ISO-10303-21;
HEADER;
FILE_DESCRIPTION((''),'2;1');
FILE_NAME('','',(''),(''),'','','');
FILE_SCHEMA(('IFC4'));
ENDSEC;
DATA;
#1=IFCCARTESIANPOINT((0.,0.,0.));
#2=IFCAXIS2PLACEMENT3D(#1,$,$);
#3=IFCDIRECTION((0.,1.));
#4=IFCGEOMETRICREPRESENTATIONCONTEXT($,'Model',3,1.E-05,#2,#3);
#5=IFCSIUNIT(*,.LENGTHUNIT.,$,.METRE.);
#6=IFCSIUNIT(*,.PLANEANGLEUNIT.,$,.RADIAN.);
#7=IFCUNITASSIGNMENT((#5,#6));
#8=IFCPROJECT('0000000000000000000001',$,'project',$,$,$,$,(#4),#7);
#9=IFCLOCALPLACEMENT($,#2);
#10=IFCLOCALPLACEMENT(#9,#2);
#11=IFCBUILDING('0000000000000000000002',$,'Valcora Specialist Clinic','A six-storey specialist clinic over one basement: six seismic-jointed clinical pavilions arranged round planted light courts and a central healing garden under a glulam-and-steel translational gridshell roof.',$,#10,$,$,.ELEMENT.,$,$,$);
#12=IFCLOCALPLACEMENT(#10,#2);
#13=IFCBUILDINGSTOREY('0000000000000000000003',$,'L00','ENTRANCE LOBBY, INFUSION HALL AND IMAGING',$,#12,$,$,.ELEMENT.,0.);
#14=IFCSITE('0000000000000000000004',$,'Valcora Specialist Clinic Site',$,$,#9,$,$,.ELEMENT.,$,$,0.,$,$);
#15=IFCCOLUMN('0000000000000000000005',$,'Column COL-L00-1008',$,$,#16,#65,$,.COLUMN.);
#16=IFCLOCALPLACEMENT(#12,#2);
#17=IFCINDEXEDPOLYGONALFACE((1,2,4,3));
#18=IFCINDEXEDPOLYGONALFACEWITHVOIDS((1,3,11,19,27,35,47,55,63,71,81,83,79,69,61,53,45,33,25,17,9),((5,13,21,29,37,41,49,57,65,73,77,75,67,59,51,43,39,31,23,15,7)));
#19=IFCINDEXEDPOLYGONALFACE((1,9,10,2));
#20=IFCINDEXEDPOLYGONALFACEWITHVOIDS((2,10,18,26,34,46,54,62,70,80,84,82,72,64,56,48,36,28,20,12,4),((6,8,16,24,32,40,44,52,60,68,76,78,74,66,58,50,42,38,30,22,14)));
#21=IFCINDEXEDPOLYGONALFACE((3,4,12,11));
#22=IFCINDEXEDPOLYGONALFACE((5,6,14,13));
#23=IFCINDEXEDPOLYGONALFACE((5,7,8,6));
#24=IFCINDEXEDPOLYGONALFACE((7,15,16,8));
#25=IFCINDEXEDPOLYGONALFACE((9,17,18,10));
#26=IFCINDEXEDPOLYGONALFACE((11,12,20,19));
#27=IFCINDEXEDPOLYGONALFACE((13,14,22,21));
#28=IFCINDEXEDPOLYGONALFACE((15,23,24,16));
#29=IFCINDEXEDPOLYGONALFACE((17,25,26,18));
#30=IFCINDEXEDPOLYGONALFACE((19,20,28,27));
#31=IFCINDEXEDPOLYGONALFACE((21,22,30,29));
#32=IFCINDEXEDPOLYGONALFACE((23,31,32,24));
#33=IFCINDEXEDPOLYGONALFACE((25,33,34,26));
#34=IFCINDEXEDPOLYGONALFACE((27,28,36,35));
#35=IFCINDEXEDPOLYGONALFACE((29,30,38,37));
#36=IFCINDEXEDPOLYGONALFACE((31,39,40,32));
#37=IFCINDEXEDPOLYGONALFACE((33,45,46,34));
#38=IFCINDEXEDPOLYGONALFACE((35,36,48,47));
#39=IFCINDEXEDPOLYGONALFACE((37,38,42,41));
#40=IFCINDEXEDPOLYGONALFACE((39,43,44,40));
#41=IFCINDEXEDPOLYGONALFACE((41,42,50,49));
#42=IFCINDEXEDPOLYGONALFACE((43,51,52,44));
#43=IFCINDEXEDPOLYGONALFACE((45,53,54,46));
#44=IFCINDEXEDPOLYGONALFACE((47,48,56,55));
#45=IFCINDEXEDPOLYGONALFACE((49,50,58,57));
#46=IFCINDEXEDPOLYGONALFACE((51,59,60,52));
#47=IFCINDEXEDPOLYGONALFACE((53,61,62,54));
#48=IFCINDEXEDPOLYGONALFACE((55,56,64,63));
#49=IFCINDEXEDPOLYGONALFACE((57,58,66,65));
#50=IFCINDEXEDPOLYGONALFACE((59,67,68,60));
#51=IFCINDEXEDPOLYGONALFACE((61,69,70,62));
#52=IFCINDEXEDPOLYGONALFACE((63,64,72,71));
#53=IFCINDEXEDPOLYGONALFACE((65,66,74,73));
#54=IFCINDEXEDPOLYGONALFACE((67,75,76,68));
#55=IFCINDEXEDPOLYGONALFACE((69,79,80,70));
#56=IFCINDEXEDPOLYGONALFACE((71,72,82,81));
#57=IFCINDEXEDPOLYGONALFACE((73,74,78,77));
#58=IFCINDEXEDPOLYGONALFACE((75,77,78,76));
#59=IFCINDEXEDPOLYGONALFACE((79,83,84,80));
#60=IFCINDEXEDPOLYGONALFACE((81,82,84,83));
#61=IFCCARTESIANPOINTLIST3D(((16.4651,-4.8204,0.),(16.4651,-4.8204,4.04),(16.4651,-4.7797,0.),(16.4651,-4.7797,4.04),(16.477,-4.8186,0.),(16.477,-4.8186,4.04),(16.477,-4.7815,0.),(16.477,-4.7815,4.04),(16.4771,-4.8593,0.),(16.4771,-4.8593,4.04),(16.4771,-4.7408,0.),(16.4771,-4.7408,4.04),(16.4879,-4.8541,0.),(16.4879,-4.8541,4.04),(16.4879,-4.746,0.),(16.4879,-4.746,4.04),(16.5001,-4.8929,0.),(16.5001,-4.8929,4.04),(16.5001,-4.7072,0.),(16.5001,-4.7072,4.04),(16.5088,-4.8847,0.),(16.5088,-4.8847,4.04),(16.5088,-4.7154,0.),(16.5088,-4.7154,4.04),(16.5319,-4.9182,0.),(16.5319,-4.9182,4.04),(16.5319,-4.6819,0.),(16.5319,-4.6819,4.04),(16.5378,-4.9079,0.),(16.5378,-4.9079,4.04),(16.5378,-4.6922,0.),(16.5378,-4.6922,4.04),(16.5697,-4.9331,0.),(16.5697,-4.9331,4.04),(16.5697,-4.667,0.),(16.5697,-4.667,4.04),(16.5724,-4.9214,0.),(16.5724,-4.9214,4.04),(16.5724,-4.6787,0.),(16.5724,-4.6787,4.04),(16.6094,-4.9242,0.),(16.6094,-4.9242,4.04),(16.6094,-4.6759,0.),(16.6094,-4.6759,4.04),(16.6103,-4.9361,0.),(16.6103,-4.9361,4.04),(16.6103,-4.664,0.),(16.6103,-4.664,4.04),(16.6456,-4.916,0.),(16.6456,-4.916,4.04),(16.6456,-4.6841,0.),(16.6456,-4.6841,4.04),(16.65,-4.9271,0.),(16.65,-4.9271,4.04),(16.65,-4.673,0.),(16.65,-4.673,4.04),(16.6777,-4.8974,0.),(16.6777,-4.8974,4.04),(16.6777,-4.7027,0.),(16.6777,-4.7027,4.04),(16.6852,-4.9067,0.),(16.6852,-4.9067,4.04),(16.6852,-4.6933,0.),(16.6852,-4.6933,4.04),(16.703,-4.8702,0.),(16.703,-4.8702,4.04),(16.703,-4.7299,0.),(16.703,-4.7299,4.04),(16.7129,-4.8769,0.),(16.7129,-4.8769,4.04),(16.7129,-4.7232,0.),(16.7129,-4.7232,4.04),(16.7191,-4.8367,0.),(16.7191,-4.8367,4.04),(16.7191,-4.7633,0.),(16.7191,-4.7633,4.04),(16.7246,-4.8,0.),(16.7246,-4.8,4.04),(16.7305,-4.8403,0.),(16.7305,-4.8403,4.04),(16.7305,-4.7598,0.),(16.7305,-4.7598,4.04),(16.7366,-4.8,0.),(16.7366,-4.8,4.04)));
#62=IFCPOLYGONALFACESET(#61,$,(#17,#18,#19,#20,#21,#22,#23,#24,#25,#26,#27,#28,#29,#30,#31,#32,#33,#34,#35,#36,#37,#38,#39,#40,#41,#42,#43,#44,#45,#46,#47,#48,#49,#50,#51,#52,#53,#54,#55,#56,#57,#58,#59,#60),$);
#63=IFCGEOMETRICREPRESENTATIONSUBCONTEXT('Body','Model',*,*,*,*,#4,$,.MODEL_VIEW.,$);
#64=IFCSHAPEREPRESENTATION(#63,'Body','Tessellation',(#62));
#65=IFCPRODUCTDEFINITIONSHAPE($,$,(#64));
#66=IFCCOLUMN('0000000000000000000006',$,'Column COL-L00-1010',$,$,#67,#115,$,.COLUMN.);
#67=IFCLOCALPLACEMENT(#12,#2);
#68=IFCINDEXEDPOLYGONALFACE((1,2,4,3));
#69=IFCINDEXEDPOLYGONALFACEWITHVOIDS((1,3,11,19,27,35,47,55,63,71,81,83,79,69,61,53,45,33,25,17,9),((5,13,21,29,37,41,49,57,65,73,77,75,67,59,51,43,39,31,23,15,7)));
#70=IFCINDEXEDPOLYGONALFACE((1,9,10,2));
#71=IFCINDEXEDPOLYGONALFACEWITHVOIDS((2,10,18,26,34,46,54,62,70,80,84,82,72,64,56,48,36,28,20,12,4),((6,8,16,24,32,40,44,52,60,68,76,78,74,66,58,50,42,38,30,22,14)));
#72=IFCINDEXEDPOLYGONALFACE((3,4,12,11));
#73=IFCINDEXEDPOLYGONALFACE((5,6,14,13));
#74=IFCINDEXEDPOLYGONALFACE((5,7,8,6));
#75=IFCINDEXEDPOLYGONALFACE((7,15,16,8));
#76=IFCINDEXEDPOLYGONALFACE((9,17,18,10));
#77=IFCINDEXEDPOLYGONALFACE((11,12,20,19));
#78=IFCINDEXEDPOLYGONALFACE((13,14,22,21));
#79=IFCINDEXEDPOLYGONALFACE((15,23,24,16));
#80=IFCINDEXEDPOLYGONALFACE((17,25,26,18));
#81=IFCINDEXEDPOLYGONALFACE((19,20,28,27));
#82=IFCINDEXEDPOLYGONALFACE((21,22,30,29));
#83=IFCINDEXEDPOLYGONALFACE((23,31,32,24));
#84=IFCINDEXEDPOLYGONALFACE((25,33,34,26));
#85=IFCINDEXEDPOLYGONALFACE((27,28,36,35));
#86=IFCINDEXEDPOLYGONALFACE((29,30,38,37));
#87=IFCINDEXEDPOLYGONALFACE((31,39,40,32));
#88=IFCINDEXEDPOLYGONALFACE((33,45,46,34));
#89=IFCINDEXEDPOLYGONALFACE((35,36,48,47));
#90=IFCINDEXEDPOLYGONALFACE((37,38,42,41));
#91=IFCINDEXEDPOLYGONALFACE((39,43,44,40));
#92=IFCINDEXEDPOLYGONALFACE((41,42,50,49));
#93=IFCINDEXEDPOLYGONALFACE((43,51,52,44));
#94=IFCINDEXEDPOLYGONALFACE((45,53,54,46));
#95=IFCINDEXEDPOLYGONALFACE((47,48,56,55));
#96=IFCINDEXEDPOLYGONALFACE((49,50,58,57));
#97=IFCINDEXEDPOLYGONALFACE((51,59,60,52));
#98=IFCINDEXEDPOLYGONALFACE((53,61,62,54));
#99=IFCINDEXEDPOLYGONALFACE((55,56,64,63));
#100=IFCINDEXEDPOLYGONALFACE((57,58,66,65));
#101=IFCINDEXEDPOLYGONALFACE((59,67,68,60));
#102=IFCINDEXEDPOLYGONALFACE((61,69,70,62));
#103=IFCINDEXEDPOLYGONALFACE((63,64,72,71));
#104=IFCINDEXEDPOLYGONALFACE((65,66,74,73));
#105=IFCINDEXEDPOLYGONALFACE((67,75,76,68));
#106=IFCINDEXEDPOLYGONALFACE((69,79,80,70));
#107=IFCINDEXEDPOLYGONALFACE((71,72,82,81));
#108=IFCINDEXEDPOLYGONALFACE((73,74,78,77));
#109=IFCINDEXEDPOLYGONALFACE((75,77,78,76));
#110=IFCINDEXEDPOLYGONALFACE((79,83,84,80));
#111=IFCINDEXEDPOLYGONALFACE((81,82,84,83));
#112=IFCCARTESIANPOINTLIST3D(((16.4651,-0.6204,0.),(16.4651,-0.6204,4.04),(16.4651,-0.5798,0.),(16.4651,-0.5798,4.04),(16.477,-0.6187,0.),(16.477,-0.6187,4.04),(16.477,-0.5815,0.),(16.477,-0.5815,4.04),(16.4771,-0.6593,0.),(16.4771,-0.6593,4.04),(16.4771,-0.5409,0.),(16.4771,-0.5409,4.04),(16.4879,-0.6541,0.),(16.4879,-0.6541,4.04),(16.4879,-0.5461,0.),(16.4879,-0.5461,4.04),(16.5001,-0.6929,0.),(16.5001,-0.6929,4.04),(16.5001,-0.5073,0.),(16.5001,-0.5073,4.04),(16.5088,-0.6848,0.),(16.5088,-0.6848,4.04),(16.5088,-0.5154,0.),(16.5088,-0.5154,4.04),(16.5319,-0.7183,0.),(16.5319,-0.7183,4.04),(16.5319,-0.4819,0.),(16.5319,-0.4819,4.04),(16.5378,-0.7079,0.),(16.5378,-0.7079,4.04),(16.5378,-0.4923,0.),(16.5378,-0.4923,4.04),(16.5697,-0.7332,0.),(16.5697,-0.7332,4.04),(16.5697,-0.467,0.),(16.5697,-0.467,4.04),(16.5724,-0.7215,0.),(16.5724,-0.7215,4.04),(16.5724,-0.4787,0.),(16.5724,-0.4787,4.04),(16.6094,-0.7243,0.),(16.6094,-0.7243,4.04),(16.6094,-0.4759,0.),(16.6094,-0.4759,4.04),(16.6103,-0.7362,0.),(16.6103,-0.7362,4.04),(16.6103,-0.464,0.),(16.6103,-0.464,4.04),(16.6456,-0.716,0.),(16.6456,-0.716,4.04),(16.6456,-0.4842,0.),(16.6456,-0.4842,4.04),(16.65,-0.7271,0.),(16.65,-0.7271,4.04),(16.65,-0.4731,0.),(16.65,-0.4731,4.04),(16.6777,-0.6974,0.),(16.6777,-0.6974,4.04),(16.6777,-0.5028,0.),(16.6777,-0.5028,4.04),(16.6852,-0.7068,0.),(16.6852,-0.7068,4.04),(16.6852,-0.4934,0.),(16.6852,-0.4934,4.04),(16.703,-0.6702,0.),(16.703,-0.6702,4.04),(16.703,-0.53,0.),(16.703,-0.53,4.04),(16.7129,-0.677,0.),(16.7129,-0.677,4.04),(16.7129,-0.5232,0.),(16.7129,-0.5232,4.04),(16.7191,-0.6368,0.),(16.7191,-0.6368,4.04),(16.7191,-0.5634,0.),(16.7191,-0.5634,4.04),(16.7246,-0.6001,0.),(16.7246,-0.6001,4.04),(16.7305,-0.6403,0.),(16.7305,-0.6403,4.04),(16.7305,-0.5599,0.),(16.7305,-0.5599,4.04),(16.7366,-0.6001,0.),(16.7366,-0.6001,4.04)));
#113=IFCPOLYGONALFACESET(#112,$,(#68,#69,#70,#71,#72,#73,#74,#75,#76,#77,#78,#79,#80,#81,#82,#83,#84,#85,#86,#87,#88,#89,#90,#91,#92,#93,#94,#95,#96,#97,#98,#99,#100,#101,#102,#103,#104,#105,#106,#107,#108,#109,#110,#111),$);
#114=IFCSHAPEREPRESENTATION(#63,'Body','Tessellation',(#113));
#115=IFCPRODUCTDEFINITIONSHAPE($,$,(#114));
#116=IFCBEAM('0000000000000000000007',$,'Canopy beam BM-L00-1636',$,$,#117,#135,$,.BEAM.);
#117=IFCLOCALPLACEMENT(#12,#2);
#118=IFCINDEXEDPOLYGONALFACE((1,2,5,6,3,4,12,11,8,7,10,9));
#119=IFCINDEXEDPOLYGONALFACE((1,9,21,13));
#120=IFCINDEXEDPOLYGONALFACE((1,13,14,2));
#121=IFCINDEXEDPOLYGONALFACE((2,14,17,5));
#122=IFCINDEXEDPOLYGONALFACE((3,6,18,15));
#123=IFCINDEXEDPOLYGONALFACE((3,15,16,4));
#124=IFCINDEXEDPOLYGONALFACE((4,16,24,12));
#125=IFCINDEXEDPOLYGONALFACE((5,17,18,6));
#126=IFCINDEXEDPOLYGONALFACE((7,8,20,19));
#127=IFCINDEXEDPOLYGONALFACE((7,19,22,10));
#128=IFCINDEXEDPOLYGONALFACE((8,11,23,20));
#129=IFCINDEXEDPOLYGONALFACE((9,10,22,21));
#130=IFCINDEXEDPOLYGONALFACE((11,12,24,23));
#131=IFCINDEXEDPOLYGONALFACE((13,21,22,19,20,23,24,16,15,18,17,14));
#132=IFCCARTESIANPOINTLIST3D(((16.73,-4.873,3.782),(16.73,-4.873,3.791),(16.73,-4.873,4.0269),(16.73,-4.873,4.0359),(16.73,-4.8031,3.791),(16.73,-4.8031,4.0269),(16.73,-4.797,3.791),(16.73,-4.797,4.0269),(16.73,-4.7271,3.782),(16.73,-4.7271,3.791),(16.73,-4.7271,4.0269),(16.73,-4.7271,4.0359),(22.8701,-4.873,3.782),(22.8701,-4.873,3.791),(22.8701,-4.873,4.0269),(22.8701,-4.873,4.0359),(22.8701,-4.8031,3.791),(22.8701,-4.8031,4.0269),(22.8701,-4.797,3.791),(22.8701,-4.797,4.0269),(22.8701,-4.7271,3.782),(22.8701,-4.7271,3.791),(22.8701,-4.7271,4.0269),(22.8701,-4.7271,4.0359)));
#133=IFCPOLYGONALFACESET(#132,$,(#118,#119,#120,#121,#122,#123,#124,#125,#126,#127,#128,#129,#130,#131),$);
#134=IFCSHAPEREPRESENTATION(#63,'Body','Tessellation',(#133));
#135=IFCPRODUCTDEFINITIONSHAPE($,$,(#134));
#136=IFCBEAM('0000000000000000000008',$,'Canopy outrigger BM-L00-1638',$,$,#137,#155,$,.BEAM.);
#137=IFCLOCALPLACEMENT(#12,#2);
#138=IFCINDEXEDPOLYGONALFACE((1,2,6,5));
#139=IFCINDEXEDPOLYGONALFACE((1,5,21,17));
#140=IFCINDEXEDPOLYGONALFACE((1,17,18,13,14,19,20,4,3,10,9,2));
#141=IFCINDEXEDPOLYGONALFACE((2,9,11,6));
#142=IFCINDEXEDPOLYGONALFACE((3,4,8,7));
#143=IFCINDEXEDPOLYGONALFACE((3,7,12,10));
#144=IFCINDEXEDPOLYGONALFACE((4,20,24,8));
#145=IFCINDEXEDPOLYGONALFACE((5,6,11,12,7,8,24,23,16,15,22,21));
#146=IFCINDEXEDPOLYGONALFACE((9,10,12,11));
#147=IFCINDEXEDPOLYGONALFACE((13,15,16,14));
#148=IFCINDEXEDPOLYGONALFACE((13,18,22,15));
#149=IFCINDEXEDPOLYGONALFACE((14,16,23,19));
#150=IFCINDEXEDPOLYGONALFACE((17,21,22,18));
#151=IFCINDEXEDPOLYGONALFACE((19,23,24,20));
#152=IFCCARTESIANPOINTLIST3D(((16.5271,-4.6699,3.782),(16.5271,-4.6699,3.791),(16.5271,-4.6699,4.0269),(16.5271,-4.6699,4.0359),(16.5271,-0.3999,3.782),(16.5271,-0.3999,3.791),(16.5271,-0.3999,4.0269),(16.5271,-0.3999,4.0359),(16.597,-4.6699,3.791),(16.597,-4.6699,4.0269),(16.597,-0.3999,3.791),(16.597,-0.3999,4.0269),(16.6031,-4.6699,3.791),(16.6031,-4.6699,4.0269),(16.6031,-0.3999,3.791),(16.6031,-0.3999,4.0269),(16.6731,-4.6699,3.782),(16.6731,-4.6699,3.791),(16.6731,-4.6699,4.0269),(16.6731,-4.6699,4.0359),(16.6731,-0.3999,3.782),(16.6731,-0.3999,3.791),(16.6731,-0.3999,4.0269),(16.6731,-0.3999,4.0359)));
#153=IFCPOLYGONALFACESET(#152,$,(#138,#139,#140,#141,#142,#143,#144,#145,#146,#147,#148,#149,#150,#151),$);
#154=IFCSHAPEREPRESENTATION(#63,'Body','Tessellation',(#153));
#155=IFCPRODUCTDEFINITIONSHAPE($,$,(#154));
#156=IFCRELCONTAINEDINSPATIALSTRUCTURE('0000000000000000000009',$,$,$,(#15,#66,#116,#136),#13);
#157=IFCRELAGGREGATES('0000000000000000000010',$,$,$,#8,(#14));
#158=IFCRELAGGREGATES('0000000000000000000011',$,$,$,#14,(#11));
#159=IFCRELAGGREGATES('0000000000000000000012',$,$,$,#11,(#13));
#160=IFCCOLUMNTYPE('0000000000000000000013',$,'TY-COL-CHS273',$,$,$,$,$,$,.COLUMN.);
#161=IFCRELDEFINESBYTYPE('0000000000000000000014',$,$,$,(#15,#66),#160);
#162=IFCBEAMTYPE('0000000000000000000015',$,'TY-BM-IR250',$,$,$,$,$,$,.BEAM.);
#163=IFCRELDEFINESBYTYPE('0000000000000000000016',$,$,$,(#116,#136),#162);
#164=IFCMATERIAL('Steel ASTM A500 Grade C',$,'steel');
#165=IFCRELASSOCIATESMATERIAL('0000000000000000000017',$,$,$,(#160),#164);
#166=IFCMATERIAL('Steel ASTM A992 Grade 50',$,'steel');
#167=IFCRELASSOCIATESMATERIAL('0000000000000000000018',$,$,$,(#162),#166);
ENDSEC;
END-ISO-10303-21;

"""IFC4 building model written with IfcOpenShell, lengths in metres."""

from ifc_helpers import new_model, si_unit, direction, frame, origin, origin_2d, place, context, subcontext, project, spatial, hollow_circle, i_section, extrude, material, material_profile, profile_set, type_object, element, save


model = new_model("IFC4")

# Units and contexts
model_context = context("Model", 3, precision=1e-05, world=origin(), true_north=direction((0.0, 1.0)))
body_context = subcontext(model_context, "Body", "Model", "MODEL_VIEW")
ifc_project = project(units=[si_unit("LENGTHUNIT", "METRE"), si_unit("PLANEANGLEUNIT", "RADIAN")], contexts=[model_context])

# Site, building, storey
site_placement = place(None, origin())
site = spatial("IfcSite", under=ifc_project, at=site_placement, Name="Valcora Specialist Clinic Site", CompositionType="ELEMENT", RefElevation=0.0)
building_placement = place(site_placement, origin())
building = spatial("IfcBuilding", under=site, at=building_placement, Name="Valcora Specialist Clinic", Description="A six-storey specialist clinic over one basement: six seismic-jointed clinical pavilions arranged round planted light courts and a central healing garden under a glulam-and-steel translational gridshell roof.", CompositionType="ELEMENT")
storey_placement = place(building_placement, origin())
storey = spatial("IfcBuildingStorey", under=building, at=storey_placement, Name="L00", Description="ENTRANCE LOBBY, INFUSION HALL AND IMAGING", CompositionType="ELEMENT", Elevation=0.0)

# Columns
ifc_material_1 = material(Name="Steel ASTM A500 Grade C", Category="steel")
ifc_material_profile_1 = material_profile(ifc_material_1, hollow_circle(Radius=0.1365, WallThickness=0.012, at=origin_2d()), Name="ST-CHS-273X12")
ifc_profile_set_1 = profile_set([ifc_material_profile_1], Name="Steel ASTM A500 Grade C")
column_type = type_object("IfcColumnType", Name="TY-COL-CHS273", PredefinedType="COLUMN", material=ifc_profile_set_1)
for number, where, z_axis, x_axis, name in (
    (1, (16.6001, -4.8, 0.0), (0.0, 0.0, 1.0), (1.0, 0.0, 0.0), "Column COL-L00-1008"),
    (2, (16.6001, -0.6001, 0.0), (0.0, 0.0, 1.0), (1.0, 0.0, 0.0), "Column COL-L00-1010"),
):
    element("IfcColumn", number, at=place(storey_placement, frame(where, z_axis=z_axis, x_axis=x_axis)), inside=storey, type_object=column_type, Name=name, PredefinedType="COLUMN", context=body_context, shape_type="SweptSolid", body=[
        extrude(hollow_circle(Radius=0.1365, WallThickness=0.012, at=origin_2d()), origin(), (0.0, 0.0, 1.0), 4.04),
    ])

# Beams
ifc_material_2 = material(Name="Steel ASTM A992 Grade 50", Category="steel")
ifc_material_profile_2 = material_profile(ifc_material_2, i_section(OverallWidth=0.146, OverallDepth=0.2539, WebThickness=0.0061, FlangeThickness=0.009, at=origin_2d()), Name="ST-IR-250X145")
ifc_profile_set_2 = profile_set([ifc_material_profile_2], Name="Steel ASTM A992 Grade 50")
beam_type = type_object("IfcBeamType", Name="TY-BM-IR250", PredefinedType="BEAM", material=ifc_profile_set_2)
beam_1_placement = place(storey_placement, frame((16.73, -4.8, 3.9089), z_axis=(1.0, 0.0, 0.0), x_axis=(0.0, 1.0, 0.0)))
element("IfcBeam", 3, at=beam_1_placement, inside=storey, type_object=beam_type, Name="Canopy beam BM-L00-1636", PredefinedType="BEAM", context=body_context, shape_type="SweptSolid", body=[
    extrude(i_section(OverallWidth=0.146, OverallDepth=0.2539, WebThickness=0.0061, FlangeThickness=0.009, at=origin_2d()), origin(), (0.0, 0.0, 1.0), 6.1401),
])
beam_2_placement = place(storey_placement, frame((16.6001, -4.6699, 3.9089), z_axis=(0.0, 1.0, 0.0), x_axis=(-1.0, 0.0, 0.0)))
element("IfcBeam", 4, at=beam_2_placement, inside=storey, type_object=beam_type, Name="Canopy outrigger BM-L00-1638", PredefinedType="BEAM", context=body_context, shape_type="SweptSolid", body=[
    extrude(i_section(OverallWidth=0.146, OverallDepth=0.2539, WebThickness=0.0061, FlangeThickness=0.009, at=origin_2d()), origin(), (0.0, 0.0, 1.0), 4.27),
])

save(model, "model.ifc")
